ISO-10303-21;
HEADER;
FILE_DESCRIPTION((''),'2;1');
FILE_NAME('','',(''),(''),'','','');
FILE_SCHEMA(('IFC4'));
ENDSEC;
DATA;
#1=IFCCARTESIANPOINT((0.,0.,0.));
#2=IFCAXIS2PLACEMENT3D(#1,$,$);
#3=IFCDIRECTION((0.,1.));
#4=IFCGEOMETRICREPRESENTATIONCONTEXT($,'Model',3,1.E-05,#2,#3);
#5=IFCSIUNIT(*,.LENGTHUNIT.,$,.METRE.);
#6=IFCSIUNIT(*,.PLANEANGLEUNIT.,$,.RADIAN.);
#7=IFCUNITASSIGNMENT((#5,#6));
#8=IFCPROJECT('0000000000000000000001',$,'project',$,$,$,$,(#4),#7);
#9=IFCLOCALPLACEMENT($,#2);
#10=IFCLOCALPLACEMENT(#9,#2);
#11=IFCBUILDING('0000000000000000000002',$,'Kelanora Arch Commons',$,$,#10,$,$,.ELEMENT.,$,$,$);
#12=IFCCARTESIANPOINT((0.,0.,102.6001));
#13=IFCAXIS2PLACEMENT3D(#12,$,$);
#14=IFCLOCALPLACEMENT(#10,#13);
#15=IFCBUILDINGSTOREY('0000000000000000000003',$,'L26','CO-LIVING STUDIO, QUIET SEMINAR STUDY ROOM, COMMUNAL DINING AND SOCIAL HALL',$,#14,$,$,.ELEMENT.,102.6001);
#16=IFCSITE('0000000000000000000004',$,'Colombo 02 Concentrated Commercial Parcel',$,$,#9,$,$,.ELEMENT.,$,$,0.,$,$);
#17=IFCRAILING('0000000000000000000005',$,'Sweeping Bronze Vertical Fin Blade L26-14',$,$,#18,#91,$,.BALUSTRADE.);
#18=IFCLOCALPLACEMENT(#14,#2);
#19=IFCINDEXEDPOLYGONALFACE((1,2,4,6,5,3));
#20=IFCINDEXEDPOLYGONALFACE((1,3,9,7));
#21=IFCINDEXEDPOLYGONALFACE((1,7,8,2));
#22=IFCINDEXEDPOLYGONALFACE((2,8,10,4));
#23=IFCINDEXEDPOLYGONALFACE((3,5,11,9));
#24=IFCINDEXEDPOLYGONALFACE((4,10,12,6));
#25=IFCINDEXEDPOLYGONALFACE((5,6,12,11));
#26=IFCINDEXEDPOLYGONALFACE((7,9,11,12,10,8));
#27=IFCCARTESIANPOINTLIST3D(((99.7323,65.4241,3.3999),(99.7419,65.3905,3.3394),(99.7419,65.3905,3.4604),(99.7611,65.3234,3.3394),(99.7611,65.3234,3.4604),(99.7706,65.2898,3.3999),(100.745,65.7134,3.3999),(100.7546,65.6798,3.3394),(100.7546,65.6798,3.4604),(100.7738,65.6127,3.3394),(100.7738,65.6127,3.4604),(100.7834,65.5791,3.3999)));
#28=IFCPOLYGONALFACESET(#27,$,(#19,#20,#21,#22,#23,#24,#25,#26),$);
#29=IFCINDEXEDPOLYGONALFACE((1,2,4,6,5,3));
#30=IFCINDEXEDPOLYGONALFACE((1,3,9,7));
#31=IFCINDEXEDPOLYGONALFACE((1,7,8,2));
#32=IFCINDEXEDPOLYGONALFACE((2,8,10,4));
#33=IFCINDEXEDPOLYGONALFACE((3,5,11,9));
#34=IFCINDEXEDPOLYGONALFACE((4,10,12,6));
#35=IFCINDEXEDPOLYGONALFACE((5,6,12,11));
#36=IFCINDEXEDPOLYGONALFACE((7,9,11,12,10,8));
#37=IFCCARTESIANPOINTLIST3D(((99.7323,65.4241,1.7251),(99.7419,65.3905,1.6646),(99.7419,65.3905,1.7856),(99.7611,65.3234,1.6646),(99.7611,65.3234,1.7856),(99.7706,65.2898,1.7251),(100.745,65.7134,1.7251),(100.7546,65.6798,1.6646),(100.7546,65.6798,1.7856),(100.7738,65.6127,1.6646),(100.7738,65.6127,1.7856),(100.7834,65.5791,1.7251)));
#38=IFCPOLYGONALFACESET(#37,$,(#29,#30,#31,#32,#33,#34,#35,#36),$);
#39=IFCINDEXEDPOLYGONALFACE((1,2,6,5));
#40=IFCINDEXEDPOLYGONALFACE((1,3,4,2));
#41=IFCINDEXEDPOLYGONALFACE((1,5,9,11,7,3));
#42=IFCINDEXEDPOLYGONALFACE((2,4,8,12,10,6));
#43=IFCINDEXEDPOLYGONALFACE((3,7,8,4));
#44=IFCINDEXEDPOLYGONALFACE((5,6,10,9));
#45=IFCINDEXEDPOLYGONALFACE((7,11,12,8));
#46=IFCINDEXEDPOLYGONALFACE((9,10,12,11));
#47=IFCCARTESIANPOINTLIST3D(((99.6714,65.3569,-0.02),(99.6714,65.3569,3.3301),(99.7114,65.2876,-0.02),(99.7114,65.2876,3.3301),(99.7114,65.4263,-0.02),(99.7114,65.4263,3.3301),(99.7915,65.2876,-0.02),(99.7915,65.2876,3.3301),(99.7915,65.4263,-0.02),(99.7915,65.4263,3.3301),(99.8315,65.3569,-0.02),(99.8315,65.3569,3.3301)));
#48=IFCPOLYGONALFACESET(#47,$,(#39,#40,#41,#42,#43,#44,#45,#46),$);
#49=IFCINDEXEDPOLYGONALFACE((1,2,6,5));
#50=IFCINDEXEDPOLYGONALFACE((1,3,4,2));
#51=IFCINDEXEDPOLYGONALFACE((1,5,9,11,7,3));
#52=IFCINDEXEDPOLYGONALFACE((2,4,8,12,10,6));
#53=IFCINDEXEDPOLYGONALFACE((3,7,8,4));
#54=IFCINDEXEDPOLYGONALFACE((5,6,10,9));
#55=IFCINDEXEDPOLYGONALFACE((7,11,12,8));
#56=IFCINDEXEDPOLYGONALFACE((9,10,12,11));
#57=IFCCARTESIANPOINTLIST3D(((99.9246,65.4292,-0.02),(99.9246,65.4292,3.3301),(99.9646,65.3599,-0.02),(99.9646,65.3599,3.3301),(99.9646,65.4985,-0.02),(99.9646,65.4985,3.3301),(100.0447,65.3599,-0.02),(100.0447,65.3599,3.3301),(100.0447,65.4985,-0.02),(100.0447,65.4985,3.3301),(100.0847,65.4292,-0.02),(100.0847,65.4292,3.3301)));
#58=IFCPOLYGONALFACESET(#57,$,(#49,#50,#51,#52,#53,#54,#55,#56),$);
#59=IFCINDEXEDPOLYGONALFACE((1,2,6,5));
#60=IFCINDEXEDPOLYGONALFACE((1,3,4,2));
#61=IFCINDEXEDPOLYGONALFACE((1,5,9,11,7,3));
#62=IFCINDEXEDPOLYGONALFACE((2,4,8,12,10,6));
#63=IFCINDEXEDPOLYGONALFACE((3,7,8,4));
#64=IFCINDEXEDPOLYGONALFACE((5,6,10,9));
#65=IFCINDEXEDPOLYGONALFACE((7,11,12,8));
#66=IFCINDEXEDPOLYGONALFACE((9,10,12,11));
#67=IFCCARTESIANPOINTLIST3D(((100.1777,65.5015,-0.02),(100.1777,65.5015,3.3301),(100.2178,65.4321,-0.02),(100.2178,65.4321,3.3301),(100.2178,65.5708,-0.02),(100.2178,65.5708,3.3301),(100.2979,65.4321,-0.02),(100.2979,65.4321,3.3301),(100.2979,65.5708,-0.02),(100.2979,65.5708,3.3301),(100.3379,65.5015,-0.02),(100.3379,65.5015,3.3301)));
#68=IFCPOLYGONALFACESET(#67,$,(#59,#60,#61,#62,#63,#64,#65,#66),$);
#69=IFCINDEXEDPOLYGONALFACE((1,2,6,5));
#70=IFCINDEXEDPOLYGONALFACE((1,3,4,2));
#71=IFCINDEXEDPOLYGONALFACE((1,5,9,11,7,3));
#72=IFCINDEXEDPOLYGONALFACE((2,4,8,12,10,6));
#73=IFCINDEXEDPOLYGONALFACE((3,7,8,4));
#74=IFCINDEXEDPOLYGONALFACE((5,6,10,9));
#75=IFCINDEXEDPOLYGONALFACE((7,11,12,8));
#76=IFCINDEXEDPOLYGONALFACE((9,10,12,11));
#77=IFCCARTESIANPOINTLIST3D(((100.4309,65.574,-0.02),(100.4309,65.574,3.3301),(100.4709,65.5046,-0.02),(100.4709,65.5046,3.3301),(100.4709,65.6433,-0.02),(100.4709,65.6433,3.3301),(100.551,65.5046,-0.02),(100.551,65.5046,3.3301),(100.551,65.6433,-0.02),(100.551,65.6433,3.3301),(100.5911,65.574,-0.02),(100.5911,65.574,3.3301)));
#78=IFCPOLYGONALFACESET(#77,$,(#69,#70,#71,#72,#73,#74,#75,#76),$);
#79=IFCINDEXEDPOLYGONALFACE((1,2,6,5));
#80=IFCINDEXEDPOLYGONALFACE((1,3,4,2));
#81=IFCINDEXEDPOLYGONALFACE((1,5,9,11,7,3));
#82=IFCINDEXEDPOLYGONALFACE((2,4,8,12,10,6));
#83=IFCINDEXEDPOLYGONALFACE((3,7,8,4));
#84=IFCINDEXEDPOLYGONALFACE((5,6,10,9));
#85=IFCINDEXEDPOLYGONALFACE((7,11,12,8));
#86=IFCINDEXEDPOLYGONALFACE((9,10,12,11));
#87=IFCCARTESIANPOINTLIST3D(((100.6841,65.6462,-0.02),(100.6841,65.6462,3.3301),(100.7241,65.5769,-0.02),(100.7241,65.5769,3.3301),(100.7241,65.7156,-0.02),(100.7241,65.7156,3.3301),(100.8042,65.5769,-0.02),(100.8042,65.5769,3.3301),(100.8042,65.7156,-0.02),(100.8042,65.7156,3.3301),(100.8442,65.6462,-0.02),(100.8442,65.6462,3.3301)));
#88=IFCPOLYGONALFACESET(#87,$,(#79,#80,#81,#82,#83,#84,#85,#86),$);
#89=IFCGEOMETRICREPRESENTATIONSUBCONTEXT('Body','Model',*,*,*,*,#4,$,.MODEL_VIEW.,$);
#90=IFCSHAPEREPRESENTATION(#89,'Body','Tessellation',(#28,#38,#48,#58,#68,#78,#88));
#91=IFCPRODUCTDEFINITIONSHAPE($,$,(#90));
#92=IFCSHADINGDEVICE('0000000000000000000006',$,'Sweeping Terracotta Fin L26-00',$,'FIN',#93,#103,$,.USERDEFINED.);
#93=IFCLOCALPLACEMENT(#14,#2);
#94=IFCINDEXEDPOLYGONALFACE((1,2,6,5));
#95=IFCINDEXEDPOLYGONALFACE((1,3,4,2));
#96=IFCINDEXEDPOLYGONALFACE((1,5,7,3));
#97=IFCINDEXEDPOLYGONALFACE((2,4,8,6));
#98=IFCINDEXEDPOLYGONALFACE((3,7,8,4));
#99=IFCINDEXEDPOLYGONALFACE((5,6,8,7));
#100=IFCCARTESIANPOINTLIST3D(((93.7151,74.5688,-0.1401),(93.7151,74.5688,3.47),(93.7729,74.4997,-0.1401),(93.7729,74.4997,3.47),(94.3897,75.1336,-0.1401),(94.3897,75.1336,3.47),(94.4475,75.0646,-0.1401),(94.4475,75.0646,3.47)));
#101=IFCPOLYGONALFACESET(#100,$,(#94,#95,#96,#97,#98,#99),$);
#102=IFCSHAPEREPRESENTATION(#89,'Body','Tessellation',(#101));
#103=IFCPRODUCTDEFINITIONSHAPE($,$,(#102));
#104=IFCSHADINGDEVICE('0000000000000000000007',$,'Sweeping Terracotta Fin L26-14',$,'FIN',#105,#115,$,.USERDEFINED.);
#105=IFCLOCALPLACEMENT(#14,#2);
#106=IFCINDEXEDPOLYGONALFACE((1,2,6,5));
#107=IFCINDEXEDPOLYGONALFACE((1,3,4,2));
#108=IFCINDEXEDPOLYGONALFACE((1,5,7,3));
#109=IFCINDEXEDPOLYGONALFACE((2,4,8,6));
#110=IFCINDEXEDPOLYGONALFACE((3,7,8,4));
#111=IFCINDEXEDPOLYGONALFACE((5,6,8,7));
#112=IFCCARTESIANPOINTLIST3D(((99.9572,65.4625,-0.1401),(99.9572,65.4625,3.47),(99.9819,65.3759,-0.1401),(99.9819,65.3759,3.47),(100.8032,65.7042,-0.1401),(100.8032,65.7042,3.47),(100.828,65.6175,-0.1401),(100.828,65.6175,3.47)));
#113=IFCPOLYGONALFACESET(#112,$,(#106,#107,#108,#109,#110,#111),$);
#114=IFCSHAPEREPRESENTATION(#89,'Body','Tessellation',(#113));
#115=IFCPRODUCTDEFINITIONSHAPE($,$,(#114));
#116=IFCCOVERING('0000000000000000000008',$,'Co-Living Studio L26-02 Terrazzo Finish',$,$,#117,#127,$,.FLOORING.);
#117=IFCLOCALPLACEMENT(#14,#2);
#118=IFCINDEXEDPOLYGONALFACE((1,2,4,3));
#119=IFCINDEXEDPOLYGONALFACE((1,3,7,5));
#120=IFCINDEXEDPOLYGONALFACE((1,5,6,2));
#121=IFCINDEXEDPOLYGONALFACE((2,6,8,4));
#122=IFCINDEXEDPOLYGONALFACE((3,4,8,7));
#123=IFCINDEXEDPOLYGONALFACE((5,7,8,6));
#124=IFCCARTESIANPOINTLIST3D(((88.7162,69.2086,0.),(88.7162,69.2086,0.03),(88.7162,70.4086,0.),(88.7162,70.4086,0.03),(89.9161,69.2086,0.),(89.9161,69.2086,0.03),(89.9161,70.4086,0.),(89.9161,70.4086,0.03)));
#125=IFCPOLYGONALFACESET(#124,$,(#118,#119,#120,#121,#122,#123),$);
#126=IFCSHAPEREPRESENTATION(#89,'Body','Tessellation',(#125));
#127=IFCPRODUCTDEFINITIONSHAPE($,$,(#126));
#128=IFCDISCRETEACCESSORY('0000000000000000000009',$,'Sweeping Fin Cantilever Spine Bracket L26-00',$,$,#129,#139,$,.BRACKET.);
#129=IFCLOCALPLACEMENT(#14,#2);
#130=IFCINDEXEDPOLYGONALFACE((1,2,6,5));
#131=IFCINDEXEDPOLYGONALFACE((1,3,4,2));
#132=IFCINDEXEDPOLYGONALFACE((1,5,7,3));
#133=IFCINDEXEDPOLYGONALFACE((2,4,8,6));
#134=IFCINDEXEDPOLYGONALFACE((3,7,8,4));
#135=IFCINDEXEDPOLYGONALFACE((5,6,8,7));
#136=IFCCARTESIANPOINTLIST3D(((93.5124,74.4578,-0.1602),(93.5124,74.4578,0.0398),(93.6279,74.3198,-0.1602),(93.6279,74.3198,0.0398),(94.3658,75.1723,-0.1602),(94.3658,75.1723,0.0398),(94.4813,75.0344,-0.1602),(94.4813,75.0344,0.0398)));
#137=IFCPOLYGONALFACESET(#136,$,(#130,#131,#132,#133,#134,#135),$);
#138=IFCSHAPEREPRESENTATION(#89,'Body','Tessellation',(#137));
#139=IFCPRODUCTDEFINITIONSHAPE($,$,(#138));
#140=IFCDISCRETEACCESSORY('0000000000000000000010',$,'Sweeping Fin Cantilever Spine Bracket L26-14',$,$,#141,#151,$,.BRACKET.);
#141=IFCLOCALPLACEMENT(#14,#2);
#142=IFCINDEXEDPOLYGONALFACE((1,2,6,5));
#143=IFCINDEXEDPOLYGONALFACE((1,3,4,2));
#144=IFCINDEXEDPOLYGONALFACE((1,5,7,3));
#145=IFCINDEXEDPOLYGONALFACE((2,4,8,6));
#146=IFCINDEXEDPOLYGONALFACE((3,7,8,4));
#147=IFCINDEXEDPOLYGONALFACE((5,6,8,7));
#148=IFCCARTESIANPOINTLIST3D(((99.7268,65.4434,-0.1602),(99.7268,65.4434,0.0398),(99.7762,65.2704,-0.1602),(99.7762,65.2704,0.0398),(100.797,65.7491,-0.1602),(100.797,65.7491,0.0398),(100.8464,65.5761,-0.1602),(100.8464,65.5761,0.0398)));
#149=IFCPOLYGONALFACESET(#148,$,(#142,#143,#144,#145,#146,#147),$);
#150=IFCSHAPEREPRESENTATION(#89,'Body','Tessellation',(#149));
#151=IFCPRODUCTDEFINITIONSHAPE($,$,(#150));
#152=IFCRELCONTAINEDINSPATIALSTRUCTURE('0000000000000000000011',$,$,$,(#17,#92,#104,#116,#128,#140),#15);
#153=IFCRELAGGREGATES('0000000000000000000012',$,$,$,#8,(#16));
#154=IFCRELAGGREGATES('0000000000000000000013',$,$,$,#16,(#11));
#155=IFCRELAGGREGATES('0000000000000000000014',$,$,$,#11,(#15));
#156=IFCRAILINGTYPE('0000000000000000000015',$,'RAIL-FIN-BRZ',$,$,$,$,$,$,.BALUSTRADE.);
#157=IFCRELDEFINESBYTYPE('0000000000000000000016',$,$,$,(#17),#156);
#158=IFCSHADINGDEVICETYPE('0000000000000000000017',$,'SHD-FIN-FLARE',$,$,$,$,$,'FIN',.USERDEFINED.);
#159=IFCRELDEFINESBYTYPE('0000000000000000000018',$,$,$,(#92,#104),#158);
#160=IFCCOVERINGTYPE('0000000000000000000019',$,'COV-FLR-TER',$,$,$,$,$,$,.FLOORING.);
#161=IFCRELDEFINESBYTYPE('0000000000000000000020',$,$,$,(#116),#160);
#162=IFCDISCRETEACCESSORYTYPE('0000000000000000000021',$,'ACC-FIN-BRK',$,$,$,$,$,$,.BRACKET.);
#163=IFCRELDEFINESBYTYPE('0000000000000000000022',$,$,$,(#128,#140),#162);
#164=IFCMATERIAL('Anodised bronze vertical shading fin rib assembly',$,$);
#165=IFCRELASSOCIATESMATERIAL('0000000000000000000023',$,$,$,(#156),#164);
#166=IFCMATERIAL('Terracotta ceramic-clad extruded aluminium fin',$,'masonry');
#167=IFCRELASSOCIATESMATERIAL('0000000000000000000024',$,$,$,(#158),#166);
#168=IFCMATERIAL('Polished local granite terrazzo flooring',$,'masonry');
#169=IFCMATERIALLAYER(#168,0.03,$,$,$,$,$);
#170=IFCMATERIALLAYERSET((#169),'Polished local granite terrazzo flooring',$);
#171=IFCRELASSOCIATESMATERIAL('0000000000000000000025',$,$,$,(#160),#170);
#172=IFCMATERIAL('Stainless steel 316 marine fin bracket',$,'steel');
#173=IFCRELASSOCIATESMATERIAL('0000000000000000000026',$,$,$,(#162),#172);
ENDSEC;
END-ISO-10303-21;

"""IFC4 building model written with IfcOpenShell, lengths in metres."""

from ifc_helpers import new_model, si_unit, direction, frame, origin, origin_2d, place, context, subcontext, project, spatial, polyline, rectangle, outline, extrude, source, transform, mapped, material, layer, layer_set, type_object, element, save


model = new_model("IFC4")

# Units and contexts
model_context = context("Model", 3, precision=1e-05, world=origin(), true_north=direction((0.0, 1.0)))
body_context = subcontext(model_context, "Body", "Model", "MODEL_VIEW")
ifc_project = project(units=[si_unit("LENGTHUNIT", "METRE"), si_unit("PLANEANGLEUNIT", "RADIAN")], contexts=[model_context])

# Site, building, storey
site_placement = place(None, origin())
site = spatial("IfcSite", under=ifc_project, at=site_placement, Name="Colombo 02 Concentrated Commercial Parcel", CompositionType="ELEMENT", RefElevation=0.0)
building_placement = place(site_placement, origin())
building = spatial("IfcBuilding", under=site, at=building_placement, Name="Kelanora Arch Commons", CompositionType="ELEMENT")
storey_placement = place(building_placement, frame((0.0, 0.0, 102.6001)))
storey = spatial("IfcBuildingStorey", under=building, at=storey_placement, Name="L26", Description="CO-LIVING STUDIO, QUIET SEMINAR STUDY ROOM, COMMUNAL DINING AND SOCIAL HALL", CompositionType="ELEMENT", Elevation=102.6001)

# Railing
ifc_material_1 = material(Name="Anodised bronze vertical shading fin rib assembly")
railing_type = type_object("IfcRailingType", Name="RAIL-FIN-BRZ", PredefinedType="BALUSTRADE", material=ifc_material_1)
railing_1_placement = place(storey_placement, frame((99.7515, 65.3569, -0.02)))
element("IfcRailing", 1, at=railing_1_placement, inside=storey, type_object=railing_type, Name="Sweeping Bronze Vertical Fin Blade L26-14", PredefinedType="BALUSTRADE", context=body_context, shape_type="SweptSolid", body=[
    extrude(outline(polyline([(0.0698, 0.0), (0.0349, 0.0605), (-0.0349, 0.0605), (-0.0698, 0.0), (-0.0349, -0.0605), (0.0349, -0.0605), (0.0698, 0.0)])), frame((0.0, 0.0, 3.4199), z_axis=(0.961533, 0.274691, 0.0), x_axis=(-0.274691, 0.961533, 0.0)), (0.0, 0.0, 1.0), 1.0532),
    extrude(outline(polyline([(0.0698, 0.0), (0.0349, 0.0605), (-0.0349, 0.0605), (-0.0698, 0.0), (-0.0349, -0.0605), (0.0349, -0.0605), (0.0698, 0.0)])), frame((0.0, 0.0, 1.7451), z_axis=(0.961533, 0.274691, 0.0), x_axis=(-0.274691, 0.961533, 0.0)), (0.0, 0.0, 1.0), 1.0532),
    extrude(outline(polyline([(0.0801, 0.0), (0.04, 0.0693), (-0.04, 0.0693), (-0.0801, 0.0), (-0.04, -0.0693), (0.04, -0.0693), (0.0801, 0.0)])), origin(), (0.0, 0.0, 1.0), 3.3501),
    extrude(outline(polyline([(0.0801, 0.0), (0.04, 0.0693), (-0.04, 0.0693), (-0.0801, 0.0), (-0.04, -0.0693), (0.04, -0.0693), (0.0801, 0.0)])), frame((0.2532, 0.0723, 0.0)), (0.0, 0.0, 1.0), 3.3501),
    extrude(outline(polyline([(0.0801, 0.0), (0.04, 0.0693), (-0.04, 0.0693), (-0.0801, 0.0), (-0.04, -0.0693), (0.04, -0.0693), (0.0801, 0.0)])), frame((0.5063, 0.1445, 0.0)), (0.0, 0.0, 1.0), 3.3501),
    extrude(outline(polyline([(0.0801, 0.0), (0.04, 0.0693), (-0.04, 0.0693), (-0.0801, 0.0), (-0.04, -0.0693), (0.04, -0.0693), (0.0801, 0.0)])), frame((0.7595, 0.217, 0.0)), (0.0, 0.0, 1.0), 3.3501),
    extrude(outline(polyline([(0.0801, 0.0), (0.04, 0.0693), (-0.04, 0.0693), (-0.0801, 0.0), (-0.04, -0.0693), (0.04, -0.0693), (0.0801, 0.0)])), frame((1.0127, 0.2893, 0.0)), (0.0, 0.0, 1.0), 3.3501),
])

# Shading devices
ifc_material_2 = material(Name="Terracotta ceramic-clad extruded aluminium fin", Category="masonry")
shading_device_type = type_object("IfcShadingDeviceType", Name="SHD-FIN-FLARE", ElementType="FIN", PredefinedType="USERDEFINED", material=ifc_material_2)
shared_shape_1 = source(origin(), body_context, "Body", "SweptSolid", [
    extrude(rectangle(XDim=0.8799, YDim=0.0901, at=origin_2d()), origin(), (0.0, 0.0, 1.0), 3.6101),
])
for number, where, z_axis, x_axis, name in (
    (2, (94.0813, 74.8167, -0.1401), (0.0, 0.0, 1.0), (0.766717, 0.641985, 0.0), "Sweeping Terracotta Fin L26-00"),
    (3, (100.3926, 65.54, -0.1401), (0.0, 0.0, 1.0), (0.96155, 0.274631, 0.0), "Sweeping Terracotta Fin L26-14"),
):
    element("IfcShadingDevice", number, at=place(storey_placement, frame(where, z_axis=z_axis, x_axis=x_axis)), inside=storey, type_object=shading_device_type, Name=name, ObjectType="FIN", PredefinedType="USERDEFINED", context=body_context, shape_type="MappedRepresentation", body=[
        mapped(shared_shape_1, transform((0.0, 0.0, 0.0), scale=1.0)),
    ])

# Covering
ifc_material_3 = material(Name="Polished local granite terrazzo flooring", Category="masonry")
ifc_layer_1 = layer(ifc_material_3, 0.03)
ifc_layer_set_1 = layer_set([ifc_layer_1], Name="Polished local granite terrazzo flooring")
covering_type = type_object("IfcCoveringType", Name="COV-FLR-TER", PredefinedType="FLOORING", material=ifc_layer_set_1)
shared_shape_2 = source(origin(), body_context, "Body", "SweptSolid", [
    extrude(rectangle(XDim=1.2, YDim=1.2, at=origin_2d()), origin(), (0.0, 0.0, 1.0), 0.03),
])
covering_placement = place(storey_placement, frame((89.3162, 69.8086, 0.0), z_axis=(0.0, 0.0, 1.0), x_axis=(1.0, 0.0, 0.0)))
element("IfcCovering", 4, at=covering_placement, inside=storey, type_object=covering_type, Name="Co-Living Studio L26-02 Terrazzo Finish", PredefinedType="FLOORING", context=body_context, shape_type="MappedRepresentation", body=[
    mapped(shared_shape_2, transform((0.0, 0.0, 0.0), scale=1.0)),
])

# Discrete accessories
ifc_material_4 = material(Name="Stainless steel 316 marine fin bracket", Category="steel")
discrete_accessory_type = type_object("IfcDiscreteAccessoryType", Name="ACC-FIN-BRK", PredefinedType="BRACKET", material=ifc_material_4)
shared_shape_3 = source(origin(), body_context, "Body", "SweptSolid", [
    extrude(rectangle(XDim=1.113, YDim=0.1799, at=origin_2d()), origin(), (0.0, 0.0, 1.0), 0.2),
])
for number, where, z_axis, x_axis, name in (
    (5, (93.9968, 74.7461, -0.1602), (0.0, 0.0, 1.0), (0.766717, 0.641985, 0.0), "Sweeping Fin Cantilever Spine Bracket L26-00"),
    (6, (100.2866, 65.5098, -0.1602), (0.0, 0.0, 1.0), (0.96155, 0.274631, 0.0), "Sweeping Fin Cantilever Spine Bracket L26-14"),
):
    element("IfcDiscreteAccessory", number, at=place(storey_placement, frame(where, z_axis=z_axis, x_axis=x_axis)), inside=storey, type_object=discrete_accessory_type, Name=name, PredefinedType="BRACKET", context=body_context, shape_type="MappedRepresentation", body=[
        mapped(shared_shape_3, transform((0.0, 0.0, 0.0), scale=1.0)),
    ])

save(model, "model.ifc")
